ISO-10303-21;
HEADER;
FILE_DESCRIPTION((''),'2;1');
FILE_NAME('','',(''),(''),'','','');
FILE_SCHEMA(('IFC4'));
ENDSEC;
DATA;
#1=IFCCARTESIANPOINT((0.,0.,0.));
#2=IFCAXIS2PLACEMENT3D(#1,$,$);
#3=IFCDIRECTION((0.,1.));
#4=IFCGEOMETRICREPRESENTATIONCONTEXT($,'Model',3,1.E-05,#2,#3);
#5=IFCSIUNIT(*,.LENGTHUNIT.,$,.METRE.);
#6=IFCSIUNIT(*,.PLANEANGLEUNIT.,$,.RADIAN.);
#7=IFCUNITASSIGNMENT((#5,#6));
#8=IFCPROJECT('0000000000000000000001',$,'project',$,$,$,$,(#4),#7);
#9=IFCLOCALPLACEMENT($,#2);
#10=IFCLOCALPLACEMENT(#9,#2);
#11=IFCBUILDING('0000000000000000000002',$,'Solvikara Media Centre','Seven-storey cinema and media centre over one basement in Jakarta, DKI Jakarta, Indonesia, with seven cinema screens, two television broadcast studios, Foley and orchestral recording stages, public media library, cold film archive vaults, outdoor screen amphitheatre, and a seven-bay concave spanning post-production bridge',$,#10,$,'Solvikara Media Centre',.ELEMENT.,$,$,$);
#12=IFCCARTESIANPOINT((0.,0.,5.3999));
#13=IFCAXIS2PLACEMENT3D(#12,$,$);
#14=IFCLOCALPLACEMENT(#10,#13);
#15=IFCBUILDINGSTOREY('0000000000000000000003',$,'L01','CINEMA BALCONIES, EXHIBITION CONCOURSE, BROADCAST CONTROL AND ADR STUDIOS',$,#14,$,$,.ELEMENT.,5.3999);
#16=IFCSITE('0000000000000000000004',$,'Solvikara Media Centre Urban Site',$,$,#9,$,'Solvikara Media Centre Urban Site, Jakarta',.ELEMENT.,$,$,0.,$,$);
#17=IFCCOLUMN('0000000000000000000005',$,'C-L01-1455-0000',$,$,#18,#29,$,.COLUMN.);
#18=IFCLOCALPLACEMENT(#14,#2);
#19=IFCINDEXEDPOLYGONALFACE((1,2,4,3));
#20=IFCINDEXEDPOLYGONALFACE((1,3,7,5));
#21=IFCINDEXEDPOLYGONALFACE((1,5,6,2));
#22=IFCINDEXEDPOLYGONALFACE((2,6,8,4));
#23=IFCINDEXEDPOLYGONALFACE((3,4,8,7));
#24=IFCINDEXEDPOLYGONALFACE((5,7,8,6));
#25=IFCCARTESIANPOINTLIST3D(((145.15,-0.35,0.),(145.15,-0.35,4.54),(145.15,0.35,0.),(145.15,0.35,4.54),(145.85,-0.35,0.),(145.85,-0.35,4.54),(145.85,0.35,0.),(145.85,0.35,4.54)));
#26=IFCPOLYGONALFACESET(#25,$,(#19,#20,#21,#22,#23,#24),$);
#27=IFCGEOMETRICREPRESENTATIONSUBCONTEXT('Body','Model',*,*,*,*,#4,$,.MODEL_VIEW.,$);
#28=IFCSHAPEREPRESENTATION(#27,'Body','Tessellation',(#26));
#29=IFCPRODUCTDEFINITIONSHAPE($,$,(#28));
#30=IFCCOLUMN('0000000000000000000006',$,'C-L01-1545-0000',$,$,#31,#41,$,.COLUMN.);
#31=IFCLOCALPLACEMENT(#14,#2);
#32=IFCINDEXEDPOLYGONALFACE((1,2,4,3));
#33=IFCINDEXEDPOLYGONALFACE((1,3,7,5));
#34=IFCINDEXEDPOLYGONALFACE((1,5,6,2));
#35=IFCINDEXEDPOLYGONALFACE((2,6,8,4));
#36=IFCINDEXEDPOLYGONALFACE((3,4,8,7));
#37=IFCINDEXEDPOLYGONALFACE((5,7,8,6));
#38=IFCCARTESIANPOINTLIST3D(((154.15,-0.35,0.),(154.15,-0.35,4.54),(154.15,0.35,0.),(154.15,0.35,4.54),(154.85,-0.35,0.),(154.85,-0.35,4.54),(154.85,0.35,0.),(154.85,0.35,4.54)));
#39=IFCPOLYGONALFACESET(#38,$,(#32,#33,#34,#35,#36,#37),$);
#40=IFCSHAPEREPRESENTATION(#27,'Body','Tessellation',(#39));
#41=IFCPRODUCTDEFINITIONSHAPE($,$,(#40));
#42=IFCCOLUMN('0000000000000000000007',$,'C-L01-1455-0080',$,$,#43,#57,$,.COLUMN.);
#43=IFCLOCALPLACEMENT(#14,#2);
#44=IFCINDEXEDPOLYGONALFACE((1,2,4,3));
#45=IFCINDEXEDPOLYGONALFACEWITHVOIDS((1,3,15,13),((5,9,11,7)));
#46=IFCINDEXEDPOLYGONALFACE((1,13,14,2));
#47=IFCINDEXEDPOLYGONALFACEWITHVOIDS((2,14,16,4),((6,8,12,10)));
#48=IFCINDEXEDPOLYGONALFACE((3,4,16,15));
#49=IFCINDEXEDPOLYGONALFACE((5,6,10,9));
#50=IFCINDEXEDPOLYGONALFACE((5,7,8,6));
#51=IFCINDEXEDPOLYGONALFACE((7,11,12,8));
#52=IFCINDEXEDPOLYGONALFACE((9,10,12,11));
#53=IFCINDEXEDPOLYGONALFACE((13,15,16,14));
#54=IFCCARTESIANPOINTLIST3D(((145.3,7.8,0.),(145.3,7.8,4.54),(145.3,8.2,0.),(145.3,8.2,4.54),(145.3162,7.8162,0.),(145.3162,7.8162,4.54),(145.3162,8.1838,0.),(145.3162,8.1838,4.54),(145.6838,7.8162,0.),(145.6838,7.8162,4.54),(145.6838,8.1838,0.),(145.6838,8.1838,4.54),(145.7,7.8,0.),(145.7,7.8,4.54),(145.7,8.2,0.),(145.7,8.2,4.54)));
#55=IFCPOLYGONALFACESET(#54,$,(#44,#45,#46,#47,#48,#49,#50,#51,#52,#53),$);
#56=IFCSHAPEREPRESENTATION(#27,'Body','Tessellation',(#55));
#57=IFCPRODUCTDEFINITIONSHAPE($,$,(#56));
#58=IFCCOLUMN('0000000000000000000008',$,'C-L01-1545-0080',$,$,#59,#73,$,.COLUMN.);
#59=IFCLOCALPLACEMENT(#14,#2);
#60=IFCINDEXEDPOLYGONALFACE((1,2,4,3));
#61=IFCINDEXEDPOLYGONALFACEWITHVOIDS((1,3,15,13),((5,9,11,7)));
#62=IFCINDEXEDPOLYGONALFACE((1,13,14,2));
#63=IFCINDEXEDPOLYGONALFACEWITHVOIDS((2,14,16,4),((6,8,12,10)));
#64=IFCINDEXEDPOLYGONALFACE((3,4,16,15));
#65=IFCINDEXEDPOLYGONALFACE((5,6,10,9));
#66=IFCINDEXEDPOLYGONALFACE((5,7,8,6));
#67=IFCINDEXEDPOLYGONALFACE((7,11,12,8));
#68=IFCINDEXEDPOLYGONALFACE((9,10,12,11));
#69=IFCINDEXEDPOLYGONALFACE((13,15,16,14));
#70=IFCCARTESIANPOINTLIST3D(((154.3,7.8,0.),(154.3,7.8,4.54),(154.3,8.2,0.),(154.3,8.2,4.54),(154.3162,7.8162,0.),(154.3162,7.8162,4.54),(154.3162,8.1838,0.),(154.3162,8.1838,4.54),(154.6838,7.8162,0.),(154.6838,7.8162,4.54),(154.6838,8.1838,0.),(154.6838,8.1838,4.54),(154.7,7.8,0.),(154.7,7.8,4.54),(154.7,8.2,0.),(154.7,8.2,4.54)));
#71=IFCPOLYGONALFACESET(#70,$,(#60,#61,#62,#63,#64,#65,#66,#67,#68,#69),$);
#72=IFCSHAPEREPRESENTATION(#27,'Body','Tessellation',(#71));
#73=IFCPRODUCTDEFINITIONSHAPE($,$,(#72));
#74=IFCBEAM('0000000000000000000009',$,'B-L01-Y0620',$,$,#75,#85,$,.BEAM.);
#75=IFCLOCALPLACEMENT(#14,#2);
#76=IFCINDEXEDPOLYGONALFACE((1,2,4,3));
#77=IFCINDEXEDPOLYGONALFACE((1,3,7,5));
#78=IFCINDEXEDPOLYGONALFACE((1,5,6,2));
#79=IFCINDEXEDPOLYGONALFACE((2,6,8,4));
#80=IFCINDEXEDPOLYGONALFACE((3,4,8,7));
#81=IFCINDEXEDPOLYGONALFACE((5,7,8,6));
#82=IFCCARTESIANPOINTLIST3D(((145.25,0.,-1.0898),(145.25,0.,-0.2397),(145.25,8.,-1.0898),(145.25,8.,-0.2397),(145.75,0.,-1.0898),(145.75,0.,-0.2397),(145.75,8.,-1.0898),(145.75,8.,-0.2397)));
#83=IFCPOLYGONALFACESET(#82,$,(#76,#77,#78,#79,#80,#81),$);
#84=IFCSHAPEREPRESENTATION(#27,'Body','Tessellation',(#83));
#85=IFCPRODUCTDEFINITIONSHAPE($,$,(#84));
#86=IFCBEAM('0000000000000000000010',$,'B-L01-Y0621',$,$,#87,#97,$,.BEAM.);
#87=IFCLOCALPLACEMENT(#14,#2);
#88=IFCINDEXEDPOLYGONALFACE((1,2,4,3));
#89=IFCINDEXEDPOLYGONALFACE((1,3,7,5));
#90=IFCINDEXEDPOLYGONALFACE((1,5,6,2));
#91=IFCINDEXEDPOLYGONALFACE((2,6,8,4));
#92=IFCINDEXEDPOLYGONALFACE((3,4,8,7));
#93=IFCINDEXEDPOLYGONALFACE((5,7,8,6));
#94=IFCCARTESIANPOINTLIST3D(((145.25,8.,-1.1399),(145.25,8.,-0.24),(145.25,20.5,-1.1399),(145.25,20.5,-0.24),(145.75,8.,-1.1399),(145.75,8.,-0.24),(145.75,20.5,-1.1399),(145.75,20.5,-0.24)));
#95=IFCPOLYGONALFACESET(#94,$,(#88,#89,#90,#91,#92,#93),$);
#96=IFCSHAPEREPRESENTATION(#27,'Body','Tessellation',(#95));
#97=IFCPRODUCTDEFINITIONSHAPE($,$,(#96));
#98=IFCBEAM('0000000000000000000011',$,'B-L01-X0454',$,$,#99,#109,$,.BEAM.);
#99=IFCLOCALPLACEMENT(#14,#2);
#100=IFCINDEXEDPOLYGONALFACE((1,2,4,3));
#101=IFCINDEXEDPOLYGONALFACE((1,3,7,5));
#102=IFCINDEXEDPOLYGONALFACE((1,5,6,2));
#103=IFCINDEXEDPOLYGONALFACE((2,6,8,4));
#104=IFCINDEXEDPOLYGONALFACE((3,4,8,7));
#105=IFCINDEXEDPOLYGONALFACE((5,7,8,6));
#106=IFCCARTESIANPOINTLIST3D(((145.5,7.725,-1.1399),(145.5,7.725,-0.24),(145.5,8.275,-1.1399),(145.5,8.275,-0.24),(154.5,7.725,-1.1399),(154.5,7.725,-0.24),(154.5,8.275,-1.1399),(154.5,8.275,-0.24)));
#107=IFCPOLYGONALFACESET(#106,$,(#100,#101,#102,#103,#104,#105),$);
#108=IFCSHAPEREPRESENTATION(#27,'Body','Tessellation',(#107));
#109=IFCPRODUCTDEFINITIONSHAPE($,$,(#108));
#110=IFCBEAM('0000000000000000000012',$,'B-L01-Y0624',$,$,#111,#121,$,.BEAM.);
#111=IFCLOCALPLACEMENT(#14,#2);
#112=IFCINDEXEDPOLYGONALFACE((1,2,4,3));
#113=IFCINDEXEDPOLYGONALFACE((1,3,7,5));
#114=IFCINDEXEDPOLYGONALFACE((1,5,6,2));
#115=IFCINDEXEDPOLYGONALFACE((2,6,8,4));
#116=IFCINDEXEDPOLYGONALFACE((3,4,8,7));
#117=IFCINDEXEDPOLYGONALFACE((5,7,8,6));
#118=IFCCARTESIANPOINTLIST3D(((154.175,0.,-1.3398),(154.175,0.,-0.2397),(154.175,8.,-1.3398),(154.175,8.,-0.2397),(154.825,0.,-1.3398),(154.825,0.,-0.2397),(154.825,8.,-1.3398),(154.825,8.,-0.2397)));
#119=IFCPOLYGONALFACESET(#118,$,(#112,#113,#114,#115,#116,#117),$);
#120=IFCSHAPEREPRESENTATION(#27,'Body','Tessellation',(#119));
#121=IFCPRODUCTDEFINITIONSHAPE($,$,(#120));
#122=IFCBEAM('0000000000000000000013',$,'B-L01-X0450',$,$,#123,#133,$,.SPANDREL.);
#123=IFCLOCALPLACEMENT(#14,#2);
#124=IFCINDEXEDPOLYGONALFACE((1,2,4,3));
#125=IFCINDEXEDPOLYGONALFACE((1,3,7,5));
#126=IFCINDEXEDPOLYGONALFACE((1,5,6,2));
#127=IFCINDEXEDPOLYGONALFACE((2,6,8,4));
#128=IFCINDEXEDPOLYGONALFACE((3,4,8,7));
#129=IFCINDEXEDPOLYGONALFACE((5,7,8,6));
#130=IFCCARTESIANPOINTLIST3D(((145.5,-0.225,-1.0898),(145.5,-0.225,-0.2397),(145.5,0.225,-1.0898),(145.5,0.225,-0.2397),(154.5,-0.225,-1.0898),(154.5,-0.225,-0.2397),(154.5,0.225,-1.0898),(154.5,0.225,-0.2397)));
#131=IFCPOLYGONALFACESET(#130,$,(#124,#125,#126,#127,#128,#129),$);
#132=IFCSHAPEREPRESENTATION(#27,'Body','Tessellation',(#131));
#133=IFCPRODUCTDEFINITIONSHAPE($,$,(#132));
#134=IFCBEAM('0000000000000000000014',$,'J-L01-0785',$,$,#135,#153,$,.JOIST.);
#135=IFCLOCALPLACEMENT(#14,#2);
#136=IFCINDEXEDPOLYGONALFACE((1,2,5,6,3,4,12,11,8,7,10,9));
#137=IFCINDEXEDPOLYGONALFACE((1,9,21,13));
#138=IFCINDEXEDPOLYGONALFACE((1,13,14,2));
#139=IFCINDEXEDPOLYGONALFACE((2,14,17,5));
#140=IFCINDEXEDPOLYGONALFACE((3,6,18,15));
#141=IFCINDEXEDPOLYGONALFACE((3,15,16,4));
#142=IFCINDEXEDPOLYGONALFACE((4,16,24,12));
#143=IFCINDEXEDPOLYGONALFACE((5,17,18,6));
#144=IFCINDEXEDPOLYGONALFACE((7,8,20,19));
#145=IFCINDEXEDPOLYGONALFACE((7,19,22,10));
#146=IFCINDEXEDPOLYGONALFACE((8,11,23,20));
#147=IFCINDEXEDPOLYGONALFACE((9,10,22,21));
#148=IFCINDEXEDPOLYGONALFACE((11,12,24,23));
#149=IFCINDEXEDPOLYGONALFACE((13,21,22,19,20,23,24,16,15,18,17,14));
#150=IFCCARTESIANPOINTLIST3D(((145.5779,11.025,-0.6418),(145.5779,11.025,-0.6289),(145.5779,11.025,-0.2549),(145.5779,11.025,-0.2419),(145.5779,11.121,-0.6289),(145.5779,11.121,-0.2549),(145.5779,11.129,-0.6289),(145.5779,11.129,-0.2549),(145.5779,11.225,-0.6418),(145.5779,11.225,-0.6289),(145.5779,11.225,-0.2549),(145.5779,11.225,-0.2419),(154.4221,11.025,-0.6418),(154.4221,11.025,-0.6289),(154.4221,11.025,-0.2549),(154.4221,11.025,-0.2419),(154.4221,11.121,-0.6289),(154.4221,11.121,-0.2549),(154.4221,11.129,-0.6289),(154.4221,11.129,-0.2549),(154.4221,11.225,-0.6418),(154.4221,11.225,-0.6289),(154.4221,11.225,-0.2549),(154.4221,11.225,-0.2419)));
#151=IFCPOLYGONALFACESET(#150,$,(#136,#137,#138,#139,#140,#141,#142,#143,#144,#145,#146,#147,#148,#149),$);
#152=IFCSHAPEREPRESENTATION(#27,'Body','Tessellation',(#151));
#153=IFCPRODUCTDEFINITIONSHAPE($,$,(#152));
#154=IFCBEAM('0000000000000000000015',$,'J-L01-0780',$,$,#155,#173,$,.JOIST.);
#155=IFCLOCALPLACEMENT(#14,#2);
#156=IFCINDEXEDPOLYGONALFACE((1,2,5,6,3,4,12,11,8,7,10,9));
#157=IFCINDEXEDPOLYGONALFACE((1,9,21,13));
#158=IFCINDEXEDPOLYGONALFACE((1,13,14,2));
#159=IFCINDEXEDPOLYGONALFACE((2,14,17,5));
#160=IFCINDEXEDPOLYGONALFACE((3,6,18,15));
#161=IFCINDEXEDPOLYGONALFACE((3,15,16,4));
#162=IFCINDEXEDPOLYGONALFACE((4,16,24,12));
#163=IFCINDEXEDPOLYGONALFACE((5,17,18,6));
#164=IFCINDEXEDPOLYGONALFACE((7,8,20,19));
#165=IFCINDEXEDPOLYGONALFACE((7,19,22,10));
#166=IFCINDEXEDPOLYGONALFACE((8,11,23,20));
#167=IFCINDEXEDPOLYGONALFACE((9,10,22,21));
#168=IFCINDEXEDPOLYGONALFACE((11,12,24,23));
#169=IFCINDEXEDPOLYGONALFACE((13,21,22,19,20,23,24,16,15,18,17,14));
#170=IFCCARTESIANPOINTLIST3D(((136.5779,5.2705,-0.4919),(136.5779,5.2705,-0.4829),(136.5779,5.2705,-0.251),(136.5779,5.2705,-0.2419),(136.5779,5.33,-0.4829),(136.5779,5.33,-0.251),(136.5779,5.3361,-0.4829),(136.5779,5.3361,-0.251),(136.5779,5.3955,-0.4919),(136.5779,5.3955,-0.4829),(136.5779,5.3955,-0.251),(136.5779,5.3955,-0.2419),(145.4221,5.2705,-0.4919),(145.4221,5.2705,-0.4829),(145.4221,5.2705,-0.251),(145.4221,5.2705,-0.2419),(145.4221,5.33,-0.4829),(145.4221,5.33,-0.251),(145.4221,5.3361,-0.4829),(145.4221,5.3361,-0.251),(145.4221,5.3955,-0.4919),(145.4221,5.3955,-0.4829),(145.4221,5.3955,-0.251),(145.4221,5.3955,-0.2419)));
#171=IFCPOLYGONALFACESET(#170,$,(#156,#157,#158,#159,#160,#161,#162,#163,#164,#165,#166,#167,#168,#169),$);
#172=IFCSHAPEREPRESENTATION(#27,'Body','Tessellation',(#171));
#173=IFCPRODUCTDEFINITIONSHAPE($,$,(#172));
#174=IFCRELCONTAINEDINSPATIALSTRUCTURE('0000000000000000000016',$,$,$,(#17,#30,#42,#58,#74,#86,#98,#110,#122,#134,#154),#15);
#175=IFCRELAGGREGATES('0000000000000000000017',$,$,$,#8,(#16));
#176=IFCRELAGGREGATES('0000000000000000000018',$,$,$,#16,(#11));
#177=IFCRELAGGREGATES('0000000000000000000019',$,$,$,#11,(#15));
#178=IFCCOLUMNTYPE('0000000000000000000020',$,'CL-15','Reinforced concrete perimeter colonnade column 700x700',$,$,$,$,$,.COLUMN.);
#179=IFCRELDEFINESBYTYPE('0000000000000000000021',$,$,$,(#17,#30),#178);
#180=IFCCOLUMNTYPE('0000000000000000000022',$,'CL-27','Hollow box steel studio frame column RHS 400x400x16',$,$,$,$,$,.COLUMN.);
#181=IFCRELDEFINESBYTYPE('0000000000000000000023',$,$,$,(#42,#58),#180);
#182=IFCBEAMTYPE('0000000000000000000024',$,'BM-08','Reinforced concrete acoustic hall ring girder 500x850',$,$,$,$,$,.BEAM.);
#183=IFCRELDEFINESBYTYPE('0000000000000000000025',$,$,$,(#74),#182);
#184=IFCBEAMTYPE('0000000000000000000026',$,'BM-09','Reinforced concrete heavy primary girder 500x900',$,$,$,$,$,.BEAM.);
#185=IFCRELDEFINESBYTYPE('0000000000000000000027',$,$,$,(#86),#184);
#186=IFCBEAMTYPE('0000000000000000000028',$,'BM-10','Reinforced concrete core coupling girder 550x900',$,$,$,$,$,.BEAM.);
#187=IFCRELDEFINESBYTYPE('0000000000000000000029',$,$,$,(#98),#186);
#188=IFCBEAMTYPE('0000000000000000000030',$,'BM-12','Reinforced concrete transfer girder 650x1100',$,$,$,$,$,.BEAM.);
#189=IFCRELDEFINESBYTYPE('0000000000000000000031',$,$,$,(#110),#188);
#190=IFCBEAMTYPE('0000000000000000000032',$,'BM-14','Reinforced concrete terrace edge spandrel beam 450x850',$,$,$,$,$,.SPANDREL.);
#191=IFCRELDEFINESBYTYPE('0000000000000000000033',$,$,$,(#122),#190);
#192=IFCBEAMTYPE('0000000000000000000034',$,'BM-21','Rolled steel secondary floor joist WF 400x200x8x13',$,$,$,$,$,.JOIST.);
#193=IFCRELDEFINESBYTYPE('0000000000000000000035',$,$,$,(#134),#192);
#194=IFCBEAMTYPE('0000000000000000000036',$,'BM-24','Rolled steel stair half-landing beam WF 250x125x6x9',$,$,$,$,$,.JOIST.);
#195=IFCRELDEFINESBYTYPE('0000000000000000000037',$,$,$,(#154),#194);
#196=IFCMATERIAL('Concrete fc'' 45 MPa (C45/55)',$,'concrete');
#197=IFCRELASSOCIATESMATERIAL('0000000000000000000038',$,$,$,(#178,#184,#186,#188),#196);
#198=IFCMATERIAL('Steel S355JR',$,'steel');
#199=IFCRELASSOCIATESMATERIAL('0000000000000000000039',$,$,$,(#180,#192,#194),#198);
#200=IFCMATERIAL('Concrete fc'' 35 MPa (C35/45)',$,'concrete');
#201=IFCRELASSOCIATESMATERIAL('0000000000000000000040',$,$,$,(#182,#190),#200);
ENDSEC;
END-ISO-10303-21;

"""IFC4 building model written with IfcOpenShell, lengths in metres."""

from ifc_helpers import new_model, si_unit, direction, frame, origin, origin_2d, place, context, subcontext, project, spatial, rectangle, hollow_rectangle, i_section, extrude, material, material_profile, profile_set, type_object, element, save


model = new_model("IFC4")

# Units and contexts
model_context = context("Model", 3, precision=1e-05, world=origin(), true_north=direction((0.0, 1.0)))
body_context = subcontext(model_context, "Body", "Model", "MODEL_VIEW")
ifc_project = project(units=[si_unit("LENGTHUNIT", "METRE"), si_unit("PLANEANGLEUNIT", "RADIAN")], contexts=[model_context])

# Site, building, storey
site_placement = place(None, origin())
site = spatial("IfcSite", under=ifc_project, at=site_placement, Name="Solvikara Media Centre Urban Site", LongName="Solvikara Media Centre Urban Site, Jakarta", CompositionType="ELEMENT", RefElevation=0.0)
building_placement = place(site_placement, origin())
building = spatial("IfcBuilding", under=site, at=building_placement, Name="Solvikara Media Centre", Description="Seven-storey cinema and media centre over one basement in Jakarta, DKI Jakarta, Indonesia, with seven cinema screens, two television broadcast studios, Foley and orchestral recording stages, public media library, cold film archive vaults, outdoor screen amphitheatre, and a seven-bay concave spanning post-production bridge", LongName="Solvikara Media Centre", CompositionType="ELEMENT")
storey_placement = place(building_placement, frame((0.0, 0.0, 5.3999)))
storey = spatial("IfcBuildingStorey", under=building, at=storey_placement, Name="L01", Description="CINEMA BALCONIES, EXHIBITION CONCOURSE, BROADCAST CONTROL AND ADR STUDIOS", CompositionType="ELEMENT", Elevation=5.3999)

# Columns
ifc_material_1 = material(Name="Concrete fc' 45 MPa (C45/55)", Category="concrete")
ifc_material_profile_1 = material_profile(ifc_material_1, rectangle(XDim=0.7, YDim=0.7, at=origin_2d()), Name="RC 700x700")
ifc_profile_set_1 = profile_set([ifc_material_profile_1], Name="Concrete fc' 45 MPa (C45/55)")
column_type_1 = type_object("IfcColumnType", Name="CL-15", Description="Reinforced concrete perimeter colonnade column 700x700", PredefinedType="COLUMN", material=ifc_profile_set_1)
for number, where, z_axis, x_axis, name in (
    (1, (145.5, 0.0, 0.0), (0.0, 0.0, 1.0), (1.0, 0.0, 0.0), "C-L01-1455-0000"),
    (2, (154.5, 0.0, 0.0), (0.0, 0.0, 1.0), (1.0, 0.0, 0.0), "C-L01-1545-0000"),
):
    element("IfcColumn", number, at=place(storey_placement, frame(where, z_axis=z_axis, x_axis=x_axis)), inside=storey, type_object=column_type_1, Name=name, PredefinedType="COLUMN", context=body_context, shape_type="SweptSolid", body=[
        extrude(rectangle(XDim=0.7, YDim=0.7, at=origin_2d()), origin(), (0.0, 0.0, 1.0), 4.54),
    ])
ifc_material_2 = material(Name="Steel S355JR", Category="steel")
ifc_material_profile_2 = material_profile(ifc_material_2, hollow_rectangle(XDim=0.3999, YDim=0.3999, WallThickness=0.0161, at=origin_2d()), Name="RHS 400x400x16")
ifc_profile_set_2 = profile_set([ifc_material_profile_2], Name="Steel S355JR")
column_type_2 = type_object("IfcColumnType", Name="CL-27", Description="Hollow box steel studio frame column RHS 400x400x16", PredefinedType="COLUMN", material=ifc_profile_set_2)
for number, where, z_axis, x_axis, name in (
    (3, (145.5, 8.0, 0.0), (0.0, 0.0, 1.0), (1.0, 0.0, 0.0), "C-L01-1455-0080"),
    (4, (154.5, 8.0, 0.0), (0.0, 0.0, 1.0), (1.0, 0.0, 0.0), "C-L01-1545-0080"),
):
    element("IfcColumn", number, at=place(storey_placement, frame(where, z_axis=z_axis, x_axis=x_axis)), inside=storey, type_object=column_type_2, Name=name, PredefinedType="COLUMN", context=body_context, shape_type="SweptSolid", body=[
        extrude(hollow_rectangle(XDim=0.3999, YDim=0.3999, WallThickness=0.0161, at=origin_2d()), origin(), (0.0, 0.0, 1.0), 4.54),
    ])

# Beams
ifc_material_3 = material(Name="Concrete fc' 35 MPa (C35/45)", Category="concrete")
ifc_material_profile_3 = material_profile(ifc_material_3, rectangle(XDim=0.5, YDim=0.8501, at=origin_2d()), Name="RC 500x850")
ifc_profile_set_3 = profile_set([ifc_material_profile_3], Name="Concrete fc' 35 MPa (C35/45)")
beam_type_1 = type_object("IfcBeamType", Name="BM-08", Description="Reinforced concrete acoustic hall ring girder 500x850", PredefinedType="BEAM", material=ifc_profile_set_3)
beam_1_placement = place(storey_placement, frame((145.5, 0.0, -0.6648), z_axis=(0.0, 1.0, 0.0), x_axis=(-1.0, 0.0, 0.0)))
element("IfcBeam", 5, at=beam_1_placement, inside=storey, type_object=beam_type_1, Name="B-L01-Y0620", PredefinedType="BEAM", context=body_context, shape_type="SweptSolid", body=[
    extrude(rectangle(XDim=0.5, YDim=0.8501, at=origin_2d()), origin(), (0.0, 0.0, 1.0), 8.0),
])
ifc_material_profile_4 = material_profile(ifc_material_1, rectangle(XDim=0.5, YDim=0.8999, at=origin_2d()), Name="RC 500x900")
ifc_profile_set_4 = profile_set([ifc_material_profile_4], Name="Concrete fc' 45 MPa (C45/55)")
beam_type_2 = type_object("IfcBeamType", Name="BM-09", Description="Reinforced concrete heavy primary girder 500x900", PredefinedType="BEAM", material=ifc_profile_set_4)
beam_2_placement = place(storey_placement, frame((145.5, 8.0, -0.6899), z_axis=(0.0, 1.0, 0.0), x_axis=(-1.0, 0.0, 0.0)))
element("IfcBeam", 6, at=beam_2_placement, inside=storey, type_object=beam_type_2, Name="B-L01-Y0621", PredefinedType="BEAM", context=body_context, shape_type="SweptSolid", body=[
    extrude(rectangle(XDim=0.5, YDim=0.8999, at=origin_2d()), origin(), (0.0, 0.0, 1.0), 12.5),
])
ifc_material_profile_5 = material_profile(ifc_material_1, rectangle(XDim=0.55, YDim=0.8999, at=origin_2d()), Name="RC 550x900")
ifc_profile_set_5 = profile_set([ifc_material_profile_5], Name="Concrete fc' 45 MPa (C45/55)")
beam_type_3 = type_object("IfcBeamType", Name="BM-10", Description="Reinforced concrete core coupling girder 550x900", PredefinedType="BEAM", material=ifc_profile_set_5)
beam_3_placement = place(storey_placement, frame((145.5, 8.0, -0.6899), z_axis=(1.0, 0.0, 0.0), x_axis=(0.0, 1.0, 0.0)))
element("IfcBeam", 7, at=beam_3_placement, inside=storey, type_object=beam_type_3, Name="B-L01-X0454", PredefinedType="BEAM", context=body_context, shape_type="SweptSolid", body=[
    extrude(rectangle(XDim=0.55, YDim=0.8999, at=origin_2d()), origin(), (0.0, 0.0, 1.0), 9.0),
])
ifc_material_profile_6 = material_profile(ifc_material_1, rectangle(XDim=0.6499, YDim=1.1001, at=origin_2d()), Name="RC 650x1100")
ifc_profile_set_6 = profile_set([ifc_material_profile_6], Name="Concrete fc' 45 MPa (C45/55)")
beam_type_4 = type_object("IfcBeamType", Name="BM-12", Description="Reinforced concrete transfer girder 650x1100", PredefinedType="BEAM", material=ifc_profile_set_6)
beam_4_placement = place(storey_placement, frame((154.5, 0.0, -0.7898), z_axis=(0.0, 1.0, 0.0), x_axis=(-1.0, 0.0, 0.0)))
element("IfcBeam", 8, at=beam_4_placement, inside=storey, type_object=beam_type_4, Name="B-L01-Y0624", PredefinedType="BEAM", context=body_context, shape_type="SweptSolid", body=[
    extrude(rectangle(XDim=0.6499, YDim=1.1001, at=origin_2d()), origin(), (0.0, 0.0, 1.0), 8.0),
])
ifc_material_profile_7 = material_profile(ifc_material_3, rectangle(XDim=0.45, YDim=0.8501, at=origin_2d()), Name="RC 450x850")
ifc_profile_set_7 = profile_set([ifc_material_profile_7], Name="Concrete fc' 35 MPa (C35/45)")
beam_type_5 = type_object("IfcBeamType", Name="BM-14", Description="Reinforced concrete terrace edge spandrel beam 450x850", PredefinedType="SPANDREL", material=ifc_profile_set_7)
beam_5_placement = place(storey_placement, frame((145.5, 0.0, -0.6648), z_axis=(1.0, 0.0, 0.0), x_axis=(0.0, 1.0, 0.0)))
element("IfcBeam", 9, at=beam_5_placement, inside=storey, type_object=beam_type_5, Name="B-L01-X0450", PredefinedType="SPANDREL", context=body_context, shape_type="SweptSolid", body=[
    extrude(rectangle(XDim=0.45, YDim=0.8501, at=origin_2d()), origin(), (0.0, 0.0, 1.0), 9.0),
])
ifc_material_profile_8 = material_profile(ifc_material_2, i_section(OverallWidth=0.2, OverallDepth=0.3999, WebThickness=0.0081, FlangeThickness=0.0129, at=origin_2d()), Name="WF 400x200x8x13")
ifc_profile_set_8 = profile_set([ifc_material_profile_8], Name="Steel S355JR")
beam_type_6 = type_object("IfcBeamType", Name="BM-21", Description="Rolled steel secondary floor joist WF 400x200x8x13", PredefinedType="JOIST", material=ifc_profile_set_8)
beam_6_placement = place(storey_placement, frame((145.5779, 11.125, -0.4419), z_axis=(1.0, 0.0, 0.0), x_axis=(0.0, 1.0, 0.0)))
element("IfcBeam", 10, at=beam_6_placement, inside=storey, type_object=beam_type_6, Name="J-L01-0785", PredefinedType="JOIST", context=body_context, shape_type="SweptSolid", body=[
    extrude(i_section(OverallWidth=0.2, OverallDepth=0.3999, WebThickness=0.0081, FlangeThickness=0.0129, at=origin_2d()), origin(), (0.0, 0.0, 1.0), 8.8442),
])
ifc_material_profile_9 = material_profile(ifc_material_2, i_section(OverallWidth=0.125, OverallDepth=0.25, WebThickness=0.0061, FlangeThickness=0.009, at=origin_2d()), Name="WF 250x125x6x9")
ifc_profile_set_9 = profile_set([ifc_material_profile_9], Name="Steel S355JR")
beam_type_7 = type_object("IfcBeamType", Name="BM-24", Description="Rolled steel stair half-landing beam WF 250x125x6x9", PredefinedType="JOIST", material=ifc_profile_set_9)
beam_7_placement = place(storey_placement, frame((136.5779, 5.333, -0.3669), z_axis=(1.0, 0.0, 0.0), x_axis=(0.0, 1.0, 0.0)))
element("IfcBeam", 11, at=beam_7_placement, inside=storey, type_object=beam_type_7, Name="J-L01-0780", PredefinedType="JOIST", context=body_context, shape_type="SweptSolid", body=[
    extrude(i_section(OverallWidth=0.125, OverallDepth=0.25, WebThickness=0.0061, FlangeThickness=0.009, at=origin_2d()), origin(), (0.0, 0.0, 1.0), 8.8442),
])

save(model, "model.ifc")
